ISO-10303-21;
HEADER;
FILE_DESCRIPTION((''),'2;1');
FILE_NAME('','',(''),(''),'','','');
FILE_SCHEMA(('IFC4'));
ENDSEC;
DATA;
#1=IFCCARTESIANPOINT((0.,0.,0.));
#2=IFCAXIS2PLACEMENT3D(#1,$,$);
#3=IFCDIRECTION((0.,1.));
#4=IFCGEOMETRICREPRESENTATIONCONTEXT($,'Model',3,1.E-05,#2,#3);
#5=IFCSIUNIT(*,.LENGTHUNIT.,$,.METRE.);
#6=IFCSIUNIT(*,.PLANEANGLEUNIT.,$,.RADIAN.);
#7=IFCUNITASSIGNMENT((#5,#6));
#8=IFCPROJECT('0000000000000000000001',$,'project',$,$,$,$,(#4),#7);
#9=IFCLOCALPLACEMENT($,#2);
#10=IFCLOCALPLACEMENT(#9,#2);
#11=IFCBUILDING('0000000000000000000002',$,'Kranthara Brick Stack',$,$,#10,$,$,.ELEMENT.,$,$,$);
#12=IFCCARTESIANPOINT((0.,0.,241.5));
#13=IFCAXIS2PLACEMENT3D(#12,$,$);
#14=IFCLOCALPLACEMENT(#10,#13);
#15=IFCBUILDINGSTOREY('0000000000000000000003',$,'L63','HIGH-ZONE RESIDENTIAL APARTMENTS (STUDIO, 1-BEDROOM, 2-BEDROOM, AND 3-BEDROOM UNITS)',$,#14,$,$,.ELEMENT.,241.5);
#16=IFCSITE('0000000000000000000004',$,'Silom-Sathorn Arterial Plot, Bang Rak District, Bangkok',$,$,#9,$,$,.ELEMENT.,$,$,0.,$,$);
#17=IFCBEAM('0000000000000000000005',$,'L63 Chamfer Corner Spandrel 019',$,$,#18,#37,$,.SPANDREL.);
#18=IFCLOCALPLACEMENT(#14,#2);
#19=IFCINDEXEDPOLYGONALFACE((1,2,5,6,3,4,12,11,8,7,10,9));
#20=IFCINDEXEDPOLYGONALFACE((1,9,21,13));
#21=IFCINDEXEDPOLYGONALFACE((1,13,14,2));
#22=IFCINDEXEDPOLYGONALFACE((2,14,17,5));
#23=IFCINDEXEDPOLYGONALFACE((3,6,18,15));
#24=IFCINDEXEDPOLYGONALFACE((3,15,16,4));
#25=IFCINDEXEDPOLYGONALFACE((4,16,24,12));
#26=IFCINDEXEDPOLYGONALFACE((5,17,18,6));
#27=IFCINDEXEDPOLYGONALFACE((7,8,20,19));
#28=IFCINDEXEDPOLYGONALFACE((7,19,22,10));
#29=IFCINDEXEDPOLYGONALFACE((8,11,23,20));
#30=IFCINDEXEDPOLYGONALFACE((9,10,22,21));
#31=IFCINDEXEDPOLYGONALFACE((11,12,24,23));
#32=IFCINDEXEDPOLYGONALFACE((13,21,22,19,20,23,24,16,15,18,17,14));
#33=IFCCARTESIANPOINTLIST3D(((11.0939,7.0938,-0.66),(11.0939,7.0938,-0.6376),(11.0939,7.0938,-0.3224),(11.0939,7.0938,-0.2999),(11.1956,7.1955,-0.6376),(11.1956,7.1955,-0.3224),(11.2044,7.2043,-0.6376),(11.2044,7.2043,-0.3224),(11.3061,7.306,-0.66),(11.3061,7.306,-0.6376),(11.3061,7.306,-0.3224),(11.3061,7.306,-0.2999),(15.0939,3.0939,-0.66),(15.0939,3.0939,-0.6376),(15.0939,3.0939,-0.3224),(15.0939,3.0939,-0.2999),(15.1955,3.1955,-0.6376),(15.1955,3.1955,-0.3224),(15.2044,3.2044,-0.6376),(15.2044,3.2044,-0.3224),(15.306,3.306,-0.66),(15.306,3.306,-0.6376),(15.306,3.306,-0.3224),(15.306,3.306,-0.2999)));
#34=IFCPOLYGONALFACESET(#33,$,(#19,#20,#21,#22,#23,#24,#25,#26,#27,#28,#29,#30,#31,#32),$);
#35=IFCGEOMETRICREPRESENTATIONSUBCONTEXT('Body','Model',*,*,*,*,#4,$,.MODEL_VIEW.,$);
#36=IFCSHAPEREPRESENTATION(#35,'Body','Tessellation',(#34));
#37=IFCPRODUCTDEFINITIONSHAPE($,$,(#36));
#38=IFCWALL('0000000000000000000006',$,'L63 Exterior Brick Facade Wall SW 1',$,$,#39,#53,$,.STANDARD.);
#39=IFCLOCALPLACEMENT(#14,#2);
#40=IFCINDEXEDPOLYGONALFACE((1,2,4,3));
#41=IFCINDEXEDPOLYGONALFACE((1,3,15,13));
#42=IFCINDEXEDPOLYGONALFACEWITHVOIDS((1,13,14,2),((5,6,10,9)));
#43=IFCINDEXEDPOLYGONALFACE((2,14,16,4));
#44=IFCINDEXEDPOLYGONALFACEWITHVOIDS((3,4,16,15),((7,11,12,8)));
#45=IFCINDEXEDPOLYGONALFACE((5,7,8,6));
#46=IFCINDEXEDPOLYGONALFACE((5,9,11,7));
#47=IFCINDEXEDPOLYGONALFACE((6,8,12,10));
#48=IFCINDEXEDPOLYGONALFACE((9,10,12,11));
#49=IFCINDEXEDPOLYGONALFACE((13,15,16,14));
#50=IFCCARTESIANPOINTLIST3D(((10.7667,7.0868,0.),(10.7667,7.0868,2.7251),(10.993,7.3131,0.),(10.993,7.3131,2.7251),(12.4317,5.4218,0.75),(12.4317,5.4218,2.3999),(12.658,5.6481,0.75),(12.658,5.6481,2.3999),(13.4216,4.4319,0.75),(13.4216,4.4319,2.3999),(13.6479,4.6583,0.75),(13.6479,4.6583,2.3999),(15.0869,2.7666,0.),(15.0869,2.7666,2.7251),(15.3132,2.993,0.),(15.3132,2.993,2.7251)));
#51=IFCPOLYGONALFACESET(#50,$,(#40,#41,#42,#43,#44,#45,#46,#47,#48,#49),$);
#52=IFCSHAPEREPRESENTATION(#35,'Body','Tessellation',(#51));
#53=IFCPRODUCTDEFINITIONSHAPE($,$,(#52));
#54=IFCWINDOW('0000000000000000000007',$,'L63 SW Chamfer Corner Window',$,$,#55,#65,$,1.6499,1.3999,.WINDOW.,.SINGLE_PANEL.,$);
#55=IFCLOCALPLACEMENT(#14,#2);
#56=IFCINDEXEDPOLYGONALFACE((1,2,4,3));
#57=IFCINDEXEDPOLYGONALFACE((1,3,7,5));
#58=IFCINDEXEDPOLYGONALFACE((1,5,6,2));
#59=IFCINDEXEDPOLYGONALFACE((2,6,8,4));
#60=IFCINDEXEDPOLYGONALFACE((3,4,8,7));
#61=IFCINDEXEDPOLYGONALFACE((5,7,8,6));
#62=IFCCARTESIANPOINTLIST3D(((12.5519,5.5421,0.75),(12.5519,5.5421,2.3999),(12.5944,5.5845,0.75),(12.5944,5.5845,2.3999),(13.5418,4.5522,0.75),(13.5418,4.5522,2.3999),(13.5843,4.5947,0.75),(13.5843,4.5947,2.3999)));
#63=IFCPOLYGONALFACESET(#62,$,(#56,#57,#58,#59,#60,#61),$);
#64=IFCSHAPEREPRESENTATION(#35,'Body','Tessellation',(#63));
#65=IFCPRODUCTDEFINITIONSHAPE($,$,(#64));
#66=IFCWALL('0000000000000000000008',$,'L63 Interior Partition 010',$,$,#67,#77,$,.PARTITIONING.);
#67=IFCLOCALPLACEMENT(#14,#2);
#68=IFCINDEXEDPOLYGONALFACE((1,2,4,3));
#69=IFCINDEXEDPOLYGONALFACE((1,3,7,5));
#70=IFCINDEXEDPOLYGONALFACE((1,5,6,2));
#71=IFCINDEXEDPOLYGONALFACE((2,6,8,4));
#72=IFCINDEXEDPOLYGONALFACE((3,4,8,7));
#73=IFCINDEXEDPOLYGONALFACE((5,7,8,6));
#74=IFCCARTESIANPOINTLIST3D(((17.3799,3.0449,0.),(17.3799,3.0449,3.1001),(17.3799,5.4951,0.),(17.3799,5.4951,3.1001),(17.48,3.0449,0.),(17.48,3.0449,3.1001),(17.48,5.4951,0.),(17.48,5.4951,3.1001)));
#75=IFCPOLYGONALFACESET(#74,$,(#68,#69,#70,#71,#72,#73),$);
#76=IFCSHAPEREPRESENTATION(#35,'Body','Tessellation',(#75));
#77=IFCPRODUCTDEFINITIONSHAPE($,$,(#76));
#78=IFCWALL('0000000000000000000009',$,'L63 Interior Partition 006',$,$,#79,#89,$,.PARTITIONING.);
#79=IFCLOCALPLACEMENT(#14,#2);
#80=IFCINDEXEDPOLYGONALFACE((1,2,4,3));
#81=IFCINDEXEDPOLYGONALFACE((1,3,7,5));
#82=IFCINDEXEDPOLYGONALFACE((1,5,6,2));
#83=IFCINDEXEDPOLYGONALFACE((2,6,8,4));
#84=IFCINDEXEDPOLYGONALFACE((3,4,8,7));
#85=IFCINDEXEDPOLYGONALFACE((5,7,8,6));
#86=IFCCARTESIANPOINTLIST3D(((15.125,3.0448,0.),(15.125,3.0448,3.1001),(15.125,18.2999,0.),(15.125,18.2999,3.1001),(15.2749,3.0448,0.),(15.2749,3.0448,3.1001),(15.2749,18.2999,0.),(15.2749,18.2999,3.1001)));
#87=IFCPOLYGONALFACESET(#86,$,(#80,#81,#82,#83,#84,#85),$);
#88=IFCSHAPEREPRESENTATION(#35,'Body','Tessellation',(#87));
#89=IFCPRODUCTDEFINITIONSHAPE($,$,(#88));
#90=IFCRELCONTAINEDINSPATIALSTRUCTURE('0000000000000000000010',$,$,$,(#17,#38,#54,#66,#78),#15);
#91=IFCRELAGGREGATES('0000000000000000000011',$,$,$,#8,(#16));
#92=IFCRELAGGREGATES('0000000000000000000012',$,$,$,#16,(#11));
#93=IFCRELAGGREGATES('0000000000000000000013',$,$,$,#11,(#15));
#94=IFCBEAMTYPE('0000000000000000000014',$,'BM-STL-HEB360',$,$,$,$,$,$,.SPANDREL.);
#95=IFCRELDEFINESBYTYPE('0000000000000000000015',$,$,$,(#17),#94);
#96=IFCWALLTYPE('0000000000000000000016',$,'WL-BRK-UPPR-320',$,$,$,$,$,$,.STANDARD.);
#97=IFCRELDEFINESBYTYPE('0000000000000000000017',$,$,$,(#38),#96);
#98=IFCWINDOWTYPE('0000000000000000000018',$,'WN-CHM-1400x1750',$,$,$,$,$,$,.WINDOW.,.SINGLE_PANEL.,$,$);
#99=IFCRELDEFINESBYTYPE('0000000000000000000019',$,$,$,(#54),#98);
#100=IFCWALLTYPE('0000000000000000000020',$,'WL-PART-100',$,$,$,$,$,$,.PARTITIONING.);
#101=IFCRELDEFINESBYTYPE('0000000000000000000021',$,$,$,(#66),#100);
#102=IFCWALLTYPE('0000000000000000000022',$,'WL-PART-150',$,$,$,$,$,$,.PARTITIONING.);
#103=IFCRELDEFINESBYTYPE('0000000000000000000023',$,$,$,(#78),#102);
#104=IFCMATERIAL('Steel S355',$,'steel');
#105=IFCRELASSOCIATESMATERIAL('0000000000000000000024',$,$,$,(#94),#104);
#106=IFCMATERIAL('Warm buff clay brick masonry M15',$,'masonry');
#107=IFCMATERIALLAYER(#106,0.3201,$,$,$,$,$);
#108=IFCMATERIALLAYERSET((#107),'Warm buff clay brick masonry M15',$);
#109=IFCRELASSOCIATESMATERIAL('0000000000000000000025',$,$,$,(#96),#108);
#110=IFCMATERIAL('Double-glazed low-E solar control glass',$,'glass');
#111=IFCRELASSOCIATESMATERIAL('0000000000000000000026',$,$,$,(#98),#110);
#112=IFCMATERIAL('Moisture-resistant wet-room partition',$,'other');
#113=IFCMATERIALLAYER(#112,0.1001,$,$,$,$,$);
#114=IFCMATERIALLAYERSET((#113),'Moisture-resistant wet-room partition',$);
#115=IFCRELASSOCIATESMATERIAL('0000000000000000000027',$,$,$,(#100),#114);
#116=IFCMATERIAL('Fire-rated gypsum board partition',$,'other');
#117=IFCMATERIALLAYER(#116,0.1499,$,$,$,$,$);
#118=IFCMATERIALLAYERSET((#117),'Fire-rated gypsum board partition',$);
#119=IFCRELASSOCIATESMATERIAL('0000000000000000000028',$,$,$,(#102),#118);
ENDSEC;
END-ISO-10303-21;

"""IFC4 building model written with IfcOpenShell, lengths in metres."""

from ifc_helpers import new_model, si_unit, direction, frame, frame_2d, origin, origin_2d, place, context, subcontext, project, spatial, rectangle, i_section, extrude, material, layer, layer_set, material_profile, profile_set, type_object, element, fill, save


model = new_model("IFC4")

# Units and contexts
model_context = context("Model", 3, precision=1e-05, world=origin(), true_north=direction((0.0, 1.0)))
body_context = subcontext(model_context, "Body", "Model", "MODEL_VIEW")
ifc_project = project(units=[si_unit("LENGTHUNIT", "METRE"), si_unit("PLANEANGLEUNIT", "RADIAN")], contexts=[model_context])

# Site, building, storey
site_placement = place(None, origin())
site = spatial("IfcSite", under=ifc_project, at=site_placement, Name="Silom-Sathorn Arterial Plot, Bang Rak District, Bangkok", CompositionType="ELEMENT", RefElevation=0.0)
building_placement = place(site_placement, origin())
building = spatial("IfcBuilding", under=site, at=building_placement, Name="Kranthara Brick Stack", CompositionType="ELEMENT")
storey_placement = place(building_placement, frame((0.0, 0.0, 241.5)))
storey = spatial("IfcBuildingStorey", under=building, at=storey_placement, Name="L63", Description="HIGH-ZONE RESIDENTIAL APARTMENTS (STUDIO, 1-BEDROOM, 2-BEDROOM, AND 3-BEDROOM UNITS)", CompositionType="ELEMENT", Elevation=241.5)

# Beam
ifc_material_1 = material(Name="Steel S355", Category="steel")
ifc_material_profile_1 = material_profile(ifc_material_1, i_section(OverallWidth=0.3, OverallDepth=0.3601, WebThickness=0.0125, FlangeThickness=0.0225, at=origin_2d()), Name="HEB 360")
ifc_profile_set_1 = profile_set([ifc_material_profile_1], Name="Steel S355")
beam_type_1 = type_object("IfcBeamType", Name="BM-STL-HEB360", PredefinedType="SPANDREL", material=ifc_profile_set_1)
beam_1_placement = place(storey_placement, frame((15.2, 3.2, -0.48), z_axis=(-0.707107, 0.707107, 0.0), x_axis=(-0.707107, -0.707107, 0.0)))
element("IfcBeam", 1, at=beam_1_placement, inside=storey, type_object=beam_type_1, Name="L63 Chamfer Corner Spandrel 019", PredefinedType="SPANDREL", context=body_context, shape_type="SweptSolid", body=[
    extrude(i_section(OverallWidth=0.3, OverallDepth=0.3601, WebThickness=0.0125, FlangeThickness=0.0225, at=origin_2d()), origin(), (0.0, 0.0, 1.0), 5.6567),
])

# Wall, opening, window
ifc_material_2 = material(Name="Warm buff clay brick masonry M15", Category="masonry")
ifc_layer_1 = layer(ifc_material_2, 0.3201)
ifc_layer_set_1 = layer_set([ifc_layer_1], Name="Warm buff clay brick masonry M15")
wall_type_1 = type_object("IfcWallType", Name="WL-BRK-UPPR-320", PredefinedType="STANDARD", material=ifc_layer_set_1)
wall_1_placement = place(storey_placement, frame((15.2, 2.8799, 0.0), z_axis=(0.0, 0.0, 1.0), x_axis=(-0.707107, 0.707107, 0.0)))
wall_1 = element("IfcWall", 2, at=wall_1_placement, inside=storey, type_object=wall_type_1, Name="L63 Exterior Brick Facade Wall SW 1", PredefinedType="STANDARD", context=body_context, shape_type="SweptSolid", body=[
    extrude(rectangle(XDim=6.1096, YDim=0.3201, at=frame_2d((3.0547, 0.0))), origin(), (0.0, 0.0, 1.0), 2.7251),
])
opening_placement = place(wall_1_placement, frame((2.355, 0.0, 0.75)))
opening = element("IfcOpeningElement", 3, at=opening_placement, cuts=wall_1, PredefinedType="OPENING", context=body_context, shape_type="SweptSolid", body=[
    extrude(rectangle(XDim=1.3999, YDim=1.6499, at=frame_2d((0.7, 0.825))), frame((0.0, 0.1699, 0.0), z_axis=(0.0, -1.0, 0.0), x_axis=(1.0, 0.0, 0.0)), (0.0, 0.0, 1.0), 0.3401),
])
ifc_material_3 = material(Name="Double-glazed low-E solar control glass", Category="glass")
window_type = type_object("IfcWindowType", Name="WN-CHM-1400x1750", PartitioningType="SINGLE_PANEL", PredefinedType="WINDOW", material=ifc_material_3)
window_placement = place(opening_placement, origin())
window = element("IfcWindow", 4, at=window_placement, inside=storey, type_object=window_type, Name="L63 SW Chamfer Corner Window", OverallHeight=1.6499, OverallWidth=1.3999, PartitioningType="SINGLE_PANEL", PredefinedType="WINDOW", context=body_context, shape_type="SweptSolid", body=[
    extrude(rectangle(XDim=1.3999, YDim=1.6499, at=frame_2d((0.7, 0.825))), frame((0.0, -0.01, 0.0), z_axis=(0.0, -1.0, 0.0), x_axis=(1.0, 0.0, 0.0)), (0.0, 0.0, 1.0), 0.0601),
])
fill(opening, window)

# Walls
ifc_material_4 = material(Name="Moisture-resistant wet-room partition", Category="other")
ifc_layer_2 = layer(ifc_material_4, 0.1001)
ifc_layer_set_2 = layer_set([ifc_layer_2], Name="Moisture-resistant wet-room partition")
wall_type_2 = type_object("IfcWallType", Name="WL-PART-100", PredefinedType="PARTITIONING", material=ifc_layer_set_2)
wall_2_placement = place(storey_placement, frame((17.4299, 3.0449, 0.0), z_axis=(0.0, 0.0, 1.0), x_axis=(0.0, 1.0, 0.0)))
element("IfcWall", 5, at=wall_2_placement, inside=storey, type_object=wall_type_2, Name="L63 Interior Partition 010", PredefinedType="PARTITIONING", context=body_context, shape_type="SweptSolid", body=[
    extrude(rectangle(XDim=2.4502, YDim=0.1001, at=frame_2d((1.2251, 0.0))), origin(), (0.0, 0.0, 1.0), 3.1001),
])
ifc_material_5 = material(Name="Fire-rated gypsum board partition", Category="other")
ifc_layer_3 = layer(ifc_material_5, 0.1499)
ifc_layer_set_3 = layer_set([ifc_layer_3], Name="Fire-rated gypsum board partition")
wall_type_3 = type_object("IfcWallType", Name="WL-PART-150", PredefinedType="PARTITIONING", material=ifc_layer_set_3)
wall_3_placement = place(storey_placement, frame((15.2, 3.0449, 0.0), z_axis=(0.0, 0.0, 1.0), x_axis=(0.0, 1.0, 0.0)))
element("IfcWall", 6, at=wall_3_placement, inside=storey, type_object=wall_type_3, Name="L63 Interior Partition 006", PredefinedType="PARTITIONING", context=body_context, shape_type="SweptSolid", body=[
    extrude(rectangle(XDim=15.2551, YDim=0.1499, at=frame_2d((7.6274, 0.0))), origin(), (0.0, 0.0, 1.0), 3.1001),
])

save(model, "model.ifc")
